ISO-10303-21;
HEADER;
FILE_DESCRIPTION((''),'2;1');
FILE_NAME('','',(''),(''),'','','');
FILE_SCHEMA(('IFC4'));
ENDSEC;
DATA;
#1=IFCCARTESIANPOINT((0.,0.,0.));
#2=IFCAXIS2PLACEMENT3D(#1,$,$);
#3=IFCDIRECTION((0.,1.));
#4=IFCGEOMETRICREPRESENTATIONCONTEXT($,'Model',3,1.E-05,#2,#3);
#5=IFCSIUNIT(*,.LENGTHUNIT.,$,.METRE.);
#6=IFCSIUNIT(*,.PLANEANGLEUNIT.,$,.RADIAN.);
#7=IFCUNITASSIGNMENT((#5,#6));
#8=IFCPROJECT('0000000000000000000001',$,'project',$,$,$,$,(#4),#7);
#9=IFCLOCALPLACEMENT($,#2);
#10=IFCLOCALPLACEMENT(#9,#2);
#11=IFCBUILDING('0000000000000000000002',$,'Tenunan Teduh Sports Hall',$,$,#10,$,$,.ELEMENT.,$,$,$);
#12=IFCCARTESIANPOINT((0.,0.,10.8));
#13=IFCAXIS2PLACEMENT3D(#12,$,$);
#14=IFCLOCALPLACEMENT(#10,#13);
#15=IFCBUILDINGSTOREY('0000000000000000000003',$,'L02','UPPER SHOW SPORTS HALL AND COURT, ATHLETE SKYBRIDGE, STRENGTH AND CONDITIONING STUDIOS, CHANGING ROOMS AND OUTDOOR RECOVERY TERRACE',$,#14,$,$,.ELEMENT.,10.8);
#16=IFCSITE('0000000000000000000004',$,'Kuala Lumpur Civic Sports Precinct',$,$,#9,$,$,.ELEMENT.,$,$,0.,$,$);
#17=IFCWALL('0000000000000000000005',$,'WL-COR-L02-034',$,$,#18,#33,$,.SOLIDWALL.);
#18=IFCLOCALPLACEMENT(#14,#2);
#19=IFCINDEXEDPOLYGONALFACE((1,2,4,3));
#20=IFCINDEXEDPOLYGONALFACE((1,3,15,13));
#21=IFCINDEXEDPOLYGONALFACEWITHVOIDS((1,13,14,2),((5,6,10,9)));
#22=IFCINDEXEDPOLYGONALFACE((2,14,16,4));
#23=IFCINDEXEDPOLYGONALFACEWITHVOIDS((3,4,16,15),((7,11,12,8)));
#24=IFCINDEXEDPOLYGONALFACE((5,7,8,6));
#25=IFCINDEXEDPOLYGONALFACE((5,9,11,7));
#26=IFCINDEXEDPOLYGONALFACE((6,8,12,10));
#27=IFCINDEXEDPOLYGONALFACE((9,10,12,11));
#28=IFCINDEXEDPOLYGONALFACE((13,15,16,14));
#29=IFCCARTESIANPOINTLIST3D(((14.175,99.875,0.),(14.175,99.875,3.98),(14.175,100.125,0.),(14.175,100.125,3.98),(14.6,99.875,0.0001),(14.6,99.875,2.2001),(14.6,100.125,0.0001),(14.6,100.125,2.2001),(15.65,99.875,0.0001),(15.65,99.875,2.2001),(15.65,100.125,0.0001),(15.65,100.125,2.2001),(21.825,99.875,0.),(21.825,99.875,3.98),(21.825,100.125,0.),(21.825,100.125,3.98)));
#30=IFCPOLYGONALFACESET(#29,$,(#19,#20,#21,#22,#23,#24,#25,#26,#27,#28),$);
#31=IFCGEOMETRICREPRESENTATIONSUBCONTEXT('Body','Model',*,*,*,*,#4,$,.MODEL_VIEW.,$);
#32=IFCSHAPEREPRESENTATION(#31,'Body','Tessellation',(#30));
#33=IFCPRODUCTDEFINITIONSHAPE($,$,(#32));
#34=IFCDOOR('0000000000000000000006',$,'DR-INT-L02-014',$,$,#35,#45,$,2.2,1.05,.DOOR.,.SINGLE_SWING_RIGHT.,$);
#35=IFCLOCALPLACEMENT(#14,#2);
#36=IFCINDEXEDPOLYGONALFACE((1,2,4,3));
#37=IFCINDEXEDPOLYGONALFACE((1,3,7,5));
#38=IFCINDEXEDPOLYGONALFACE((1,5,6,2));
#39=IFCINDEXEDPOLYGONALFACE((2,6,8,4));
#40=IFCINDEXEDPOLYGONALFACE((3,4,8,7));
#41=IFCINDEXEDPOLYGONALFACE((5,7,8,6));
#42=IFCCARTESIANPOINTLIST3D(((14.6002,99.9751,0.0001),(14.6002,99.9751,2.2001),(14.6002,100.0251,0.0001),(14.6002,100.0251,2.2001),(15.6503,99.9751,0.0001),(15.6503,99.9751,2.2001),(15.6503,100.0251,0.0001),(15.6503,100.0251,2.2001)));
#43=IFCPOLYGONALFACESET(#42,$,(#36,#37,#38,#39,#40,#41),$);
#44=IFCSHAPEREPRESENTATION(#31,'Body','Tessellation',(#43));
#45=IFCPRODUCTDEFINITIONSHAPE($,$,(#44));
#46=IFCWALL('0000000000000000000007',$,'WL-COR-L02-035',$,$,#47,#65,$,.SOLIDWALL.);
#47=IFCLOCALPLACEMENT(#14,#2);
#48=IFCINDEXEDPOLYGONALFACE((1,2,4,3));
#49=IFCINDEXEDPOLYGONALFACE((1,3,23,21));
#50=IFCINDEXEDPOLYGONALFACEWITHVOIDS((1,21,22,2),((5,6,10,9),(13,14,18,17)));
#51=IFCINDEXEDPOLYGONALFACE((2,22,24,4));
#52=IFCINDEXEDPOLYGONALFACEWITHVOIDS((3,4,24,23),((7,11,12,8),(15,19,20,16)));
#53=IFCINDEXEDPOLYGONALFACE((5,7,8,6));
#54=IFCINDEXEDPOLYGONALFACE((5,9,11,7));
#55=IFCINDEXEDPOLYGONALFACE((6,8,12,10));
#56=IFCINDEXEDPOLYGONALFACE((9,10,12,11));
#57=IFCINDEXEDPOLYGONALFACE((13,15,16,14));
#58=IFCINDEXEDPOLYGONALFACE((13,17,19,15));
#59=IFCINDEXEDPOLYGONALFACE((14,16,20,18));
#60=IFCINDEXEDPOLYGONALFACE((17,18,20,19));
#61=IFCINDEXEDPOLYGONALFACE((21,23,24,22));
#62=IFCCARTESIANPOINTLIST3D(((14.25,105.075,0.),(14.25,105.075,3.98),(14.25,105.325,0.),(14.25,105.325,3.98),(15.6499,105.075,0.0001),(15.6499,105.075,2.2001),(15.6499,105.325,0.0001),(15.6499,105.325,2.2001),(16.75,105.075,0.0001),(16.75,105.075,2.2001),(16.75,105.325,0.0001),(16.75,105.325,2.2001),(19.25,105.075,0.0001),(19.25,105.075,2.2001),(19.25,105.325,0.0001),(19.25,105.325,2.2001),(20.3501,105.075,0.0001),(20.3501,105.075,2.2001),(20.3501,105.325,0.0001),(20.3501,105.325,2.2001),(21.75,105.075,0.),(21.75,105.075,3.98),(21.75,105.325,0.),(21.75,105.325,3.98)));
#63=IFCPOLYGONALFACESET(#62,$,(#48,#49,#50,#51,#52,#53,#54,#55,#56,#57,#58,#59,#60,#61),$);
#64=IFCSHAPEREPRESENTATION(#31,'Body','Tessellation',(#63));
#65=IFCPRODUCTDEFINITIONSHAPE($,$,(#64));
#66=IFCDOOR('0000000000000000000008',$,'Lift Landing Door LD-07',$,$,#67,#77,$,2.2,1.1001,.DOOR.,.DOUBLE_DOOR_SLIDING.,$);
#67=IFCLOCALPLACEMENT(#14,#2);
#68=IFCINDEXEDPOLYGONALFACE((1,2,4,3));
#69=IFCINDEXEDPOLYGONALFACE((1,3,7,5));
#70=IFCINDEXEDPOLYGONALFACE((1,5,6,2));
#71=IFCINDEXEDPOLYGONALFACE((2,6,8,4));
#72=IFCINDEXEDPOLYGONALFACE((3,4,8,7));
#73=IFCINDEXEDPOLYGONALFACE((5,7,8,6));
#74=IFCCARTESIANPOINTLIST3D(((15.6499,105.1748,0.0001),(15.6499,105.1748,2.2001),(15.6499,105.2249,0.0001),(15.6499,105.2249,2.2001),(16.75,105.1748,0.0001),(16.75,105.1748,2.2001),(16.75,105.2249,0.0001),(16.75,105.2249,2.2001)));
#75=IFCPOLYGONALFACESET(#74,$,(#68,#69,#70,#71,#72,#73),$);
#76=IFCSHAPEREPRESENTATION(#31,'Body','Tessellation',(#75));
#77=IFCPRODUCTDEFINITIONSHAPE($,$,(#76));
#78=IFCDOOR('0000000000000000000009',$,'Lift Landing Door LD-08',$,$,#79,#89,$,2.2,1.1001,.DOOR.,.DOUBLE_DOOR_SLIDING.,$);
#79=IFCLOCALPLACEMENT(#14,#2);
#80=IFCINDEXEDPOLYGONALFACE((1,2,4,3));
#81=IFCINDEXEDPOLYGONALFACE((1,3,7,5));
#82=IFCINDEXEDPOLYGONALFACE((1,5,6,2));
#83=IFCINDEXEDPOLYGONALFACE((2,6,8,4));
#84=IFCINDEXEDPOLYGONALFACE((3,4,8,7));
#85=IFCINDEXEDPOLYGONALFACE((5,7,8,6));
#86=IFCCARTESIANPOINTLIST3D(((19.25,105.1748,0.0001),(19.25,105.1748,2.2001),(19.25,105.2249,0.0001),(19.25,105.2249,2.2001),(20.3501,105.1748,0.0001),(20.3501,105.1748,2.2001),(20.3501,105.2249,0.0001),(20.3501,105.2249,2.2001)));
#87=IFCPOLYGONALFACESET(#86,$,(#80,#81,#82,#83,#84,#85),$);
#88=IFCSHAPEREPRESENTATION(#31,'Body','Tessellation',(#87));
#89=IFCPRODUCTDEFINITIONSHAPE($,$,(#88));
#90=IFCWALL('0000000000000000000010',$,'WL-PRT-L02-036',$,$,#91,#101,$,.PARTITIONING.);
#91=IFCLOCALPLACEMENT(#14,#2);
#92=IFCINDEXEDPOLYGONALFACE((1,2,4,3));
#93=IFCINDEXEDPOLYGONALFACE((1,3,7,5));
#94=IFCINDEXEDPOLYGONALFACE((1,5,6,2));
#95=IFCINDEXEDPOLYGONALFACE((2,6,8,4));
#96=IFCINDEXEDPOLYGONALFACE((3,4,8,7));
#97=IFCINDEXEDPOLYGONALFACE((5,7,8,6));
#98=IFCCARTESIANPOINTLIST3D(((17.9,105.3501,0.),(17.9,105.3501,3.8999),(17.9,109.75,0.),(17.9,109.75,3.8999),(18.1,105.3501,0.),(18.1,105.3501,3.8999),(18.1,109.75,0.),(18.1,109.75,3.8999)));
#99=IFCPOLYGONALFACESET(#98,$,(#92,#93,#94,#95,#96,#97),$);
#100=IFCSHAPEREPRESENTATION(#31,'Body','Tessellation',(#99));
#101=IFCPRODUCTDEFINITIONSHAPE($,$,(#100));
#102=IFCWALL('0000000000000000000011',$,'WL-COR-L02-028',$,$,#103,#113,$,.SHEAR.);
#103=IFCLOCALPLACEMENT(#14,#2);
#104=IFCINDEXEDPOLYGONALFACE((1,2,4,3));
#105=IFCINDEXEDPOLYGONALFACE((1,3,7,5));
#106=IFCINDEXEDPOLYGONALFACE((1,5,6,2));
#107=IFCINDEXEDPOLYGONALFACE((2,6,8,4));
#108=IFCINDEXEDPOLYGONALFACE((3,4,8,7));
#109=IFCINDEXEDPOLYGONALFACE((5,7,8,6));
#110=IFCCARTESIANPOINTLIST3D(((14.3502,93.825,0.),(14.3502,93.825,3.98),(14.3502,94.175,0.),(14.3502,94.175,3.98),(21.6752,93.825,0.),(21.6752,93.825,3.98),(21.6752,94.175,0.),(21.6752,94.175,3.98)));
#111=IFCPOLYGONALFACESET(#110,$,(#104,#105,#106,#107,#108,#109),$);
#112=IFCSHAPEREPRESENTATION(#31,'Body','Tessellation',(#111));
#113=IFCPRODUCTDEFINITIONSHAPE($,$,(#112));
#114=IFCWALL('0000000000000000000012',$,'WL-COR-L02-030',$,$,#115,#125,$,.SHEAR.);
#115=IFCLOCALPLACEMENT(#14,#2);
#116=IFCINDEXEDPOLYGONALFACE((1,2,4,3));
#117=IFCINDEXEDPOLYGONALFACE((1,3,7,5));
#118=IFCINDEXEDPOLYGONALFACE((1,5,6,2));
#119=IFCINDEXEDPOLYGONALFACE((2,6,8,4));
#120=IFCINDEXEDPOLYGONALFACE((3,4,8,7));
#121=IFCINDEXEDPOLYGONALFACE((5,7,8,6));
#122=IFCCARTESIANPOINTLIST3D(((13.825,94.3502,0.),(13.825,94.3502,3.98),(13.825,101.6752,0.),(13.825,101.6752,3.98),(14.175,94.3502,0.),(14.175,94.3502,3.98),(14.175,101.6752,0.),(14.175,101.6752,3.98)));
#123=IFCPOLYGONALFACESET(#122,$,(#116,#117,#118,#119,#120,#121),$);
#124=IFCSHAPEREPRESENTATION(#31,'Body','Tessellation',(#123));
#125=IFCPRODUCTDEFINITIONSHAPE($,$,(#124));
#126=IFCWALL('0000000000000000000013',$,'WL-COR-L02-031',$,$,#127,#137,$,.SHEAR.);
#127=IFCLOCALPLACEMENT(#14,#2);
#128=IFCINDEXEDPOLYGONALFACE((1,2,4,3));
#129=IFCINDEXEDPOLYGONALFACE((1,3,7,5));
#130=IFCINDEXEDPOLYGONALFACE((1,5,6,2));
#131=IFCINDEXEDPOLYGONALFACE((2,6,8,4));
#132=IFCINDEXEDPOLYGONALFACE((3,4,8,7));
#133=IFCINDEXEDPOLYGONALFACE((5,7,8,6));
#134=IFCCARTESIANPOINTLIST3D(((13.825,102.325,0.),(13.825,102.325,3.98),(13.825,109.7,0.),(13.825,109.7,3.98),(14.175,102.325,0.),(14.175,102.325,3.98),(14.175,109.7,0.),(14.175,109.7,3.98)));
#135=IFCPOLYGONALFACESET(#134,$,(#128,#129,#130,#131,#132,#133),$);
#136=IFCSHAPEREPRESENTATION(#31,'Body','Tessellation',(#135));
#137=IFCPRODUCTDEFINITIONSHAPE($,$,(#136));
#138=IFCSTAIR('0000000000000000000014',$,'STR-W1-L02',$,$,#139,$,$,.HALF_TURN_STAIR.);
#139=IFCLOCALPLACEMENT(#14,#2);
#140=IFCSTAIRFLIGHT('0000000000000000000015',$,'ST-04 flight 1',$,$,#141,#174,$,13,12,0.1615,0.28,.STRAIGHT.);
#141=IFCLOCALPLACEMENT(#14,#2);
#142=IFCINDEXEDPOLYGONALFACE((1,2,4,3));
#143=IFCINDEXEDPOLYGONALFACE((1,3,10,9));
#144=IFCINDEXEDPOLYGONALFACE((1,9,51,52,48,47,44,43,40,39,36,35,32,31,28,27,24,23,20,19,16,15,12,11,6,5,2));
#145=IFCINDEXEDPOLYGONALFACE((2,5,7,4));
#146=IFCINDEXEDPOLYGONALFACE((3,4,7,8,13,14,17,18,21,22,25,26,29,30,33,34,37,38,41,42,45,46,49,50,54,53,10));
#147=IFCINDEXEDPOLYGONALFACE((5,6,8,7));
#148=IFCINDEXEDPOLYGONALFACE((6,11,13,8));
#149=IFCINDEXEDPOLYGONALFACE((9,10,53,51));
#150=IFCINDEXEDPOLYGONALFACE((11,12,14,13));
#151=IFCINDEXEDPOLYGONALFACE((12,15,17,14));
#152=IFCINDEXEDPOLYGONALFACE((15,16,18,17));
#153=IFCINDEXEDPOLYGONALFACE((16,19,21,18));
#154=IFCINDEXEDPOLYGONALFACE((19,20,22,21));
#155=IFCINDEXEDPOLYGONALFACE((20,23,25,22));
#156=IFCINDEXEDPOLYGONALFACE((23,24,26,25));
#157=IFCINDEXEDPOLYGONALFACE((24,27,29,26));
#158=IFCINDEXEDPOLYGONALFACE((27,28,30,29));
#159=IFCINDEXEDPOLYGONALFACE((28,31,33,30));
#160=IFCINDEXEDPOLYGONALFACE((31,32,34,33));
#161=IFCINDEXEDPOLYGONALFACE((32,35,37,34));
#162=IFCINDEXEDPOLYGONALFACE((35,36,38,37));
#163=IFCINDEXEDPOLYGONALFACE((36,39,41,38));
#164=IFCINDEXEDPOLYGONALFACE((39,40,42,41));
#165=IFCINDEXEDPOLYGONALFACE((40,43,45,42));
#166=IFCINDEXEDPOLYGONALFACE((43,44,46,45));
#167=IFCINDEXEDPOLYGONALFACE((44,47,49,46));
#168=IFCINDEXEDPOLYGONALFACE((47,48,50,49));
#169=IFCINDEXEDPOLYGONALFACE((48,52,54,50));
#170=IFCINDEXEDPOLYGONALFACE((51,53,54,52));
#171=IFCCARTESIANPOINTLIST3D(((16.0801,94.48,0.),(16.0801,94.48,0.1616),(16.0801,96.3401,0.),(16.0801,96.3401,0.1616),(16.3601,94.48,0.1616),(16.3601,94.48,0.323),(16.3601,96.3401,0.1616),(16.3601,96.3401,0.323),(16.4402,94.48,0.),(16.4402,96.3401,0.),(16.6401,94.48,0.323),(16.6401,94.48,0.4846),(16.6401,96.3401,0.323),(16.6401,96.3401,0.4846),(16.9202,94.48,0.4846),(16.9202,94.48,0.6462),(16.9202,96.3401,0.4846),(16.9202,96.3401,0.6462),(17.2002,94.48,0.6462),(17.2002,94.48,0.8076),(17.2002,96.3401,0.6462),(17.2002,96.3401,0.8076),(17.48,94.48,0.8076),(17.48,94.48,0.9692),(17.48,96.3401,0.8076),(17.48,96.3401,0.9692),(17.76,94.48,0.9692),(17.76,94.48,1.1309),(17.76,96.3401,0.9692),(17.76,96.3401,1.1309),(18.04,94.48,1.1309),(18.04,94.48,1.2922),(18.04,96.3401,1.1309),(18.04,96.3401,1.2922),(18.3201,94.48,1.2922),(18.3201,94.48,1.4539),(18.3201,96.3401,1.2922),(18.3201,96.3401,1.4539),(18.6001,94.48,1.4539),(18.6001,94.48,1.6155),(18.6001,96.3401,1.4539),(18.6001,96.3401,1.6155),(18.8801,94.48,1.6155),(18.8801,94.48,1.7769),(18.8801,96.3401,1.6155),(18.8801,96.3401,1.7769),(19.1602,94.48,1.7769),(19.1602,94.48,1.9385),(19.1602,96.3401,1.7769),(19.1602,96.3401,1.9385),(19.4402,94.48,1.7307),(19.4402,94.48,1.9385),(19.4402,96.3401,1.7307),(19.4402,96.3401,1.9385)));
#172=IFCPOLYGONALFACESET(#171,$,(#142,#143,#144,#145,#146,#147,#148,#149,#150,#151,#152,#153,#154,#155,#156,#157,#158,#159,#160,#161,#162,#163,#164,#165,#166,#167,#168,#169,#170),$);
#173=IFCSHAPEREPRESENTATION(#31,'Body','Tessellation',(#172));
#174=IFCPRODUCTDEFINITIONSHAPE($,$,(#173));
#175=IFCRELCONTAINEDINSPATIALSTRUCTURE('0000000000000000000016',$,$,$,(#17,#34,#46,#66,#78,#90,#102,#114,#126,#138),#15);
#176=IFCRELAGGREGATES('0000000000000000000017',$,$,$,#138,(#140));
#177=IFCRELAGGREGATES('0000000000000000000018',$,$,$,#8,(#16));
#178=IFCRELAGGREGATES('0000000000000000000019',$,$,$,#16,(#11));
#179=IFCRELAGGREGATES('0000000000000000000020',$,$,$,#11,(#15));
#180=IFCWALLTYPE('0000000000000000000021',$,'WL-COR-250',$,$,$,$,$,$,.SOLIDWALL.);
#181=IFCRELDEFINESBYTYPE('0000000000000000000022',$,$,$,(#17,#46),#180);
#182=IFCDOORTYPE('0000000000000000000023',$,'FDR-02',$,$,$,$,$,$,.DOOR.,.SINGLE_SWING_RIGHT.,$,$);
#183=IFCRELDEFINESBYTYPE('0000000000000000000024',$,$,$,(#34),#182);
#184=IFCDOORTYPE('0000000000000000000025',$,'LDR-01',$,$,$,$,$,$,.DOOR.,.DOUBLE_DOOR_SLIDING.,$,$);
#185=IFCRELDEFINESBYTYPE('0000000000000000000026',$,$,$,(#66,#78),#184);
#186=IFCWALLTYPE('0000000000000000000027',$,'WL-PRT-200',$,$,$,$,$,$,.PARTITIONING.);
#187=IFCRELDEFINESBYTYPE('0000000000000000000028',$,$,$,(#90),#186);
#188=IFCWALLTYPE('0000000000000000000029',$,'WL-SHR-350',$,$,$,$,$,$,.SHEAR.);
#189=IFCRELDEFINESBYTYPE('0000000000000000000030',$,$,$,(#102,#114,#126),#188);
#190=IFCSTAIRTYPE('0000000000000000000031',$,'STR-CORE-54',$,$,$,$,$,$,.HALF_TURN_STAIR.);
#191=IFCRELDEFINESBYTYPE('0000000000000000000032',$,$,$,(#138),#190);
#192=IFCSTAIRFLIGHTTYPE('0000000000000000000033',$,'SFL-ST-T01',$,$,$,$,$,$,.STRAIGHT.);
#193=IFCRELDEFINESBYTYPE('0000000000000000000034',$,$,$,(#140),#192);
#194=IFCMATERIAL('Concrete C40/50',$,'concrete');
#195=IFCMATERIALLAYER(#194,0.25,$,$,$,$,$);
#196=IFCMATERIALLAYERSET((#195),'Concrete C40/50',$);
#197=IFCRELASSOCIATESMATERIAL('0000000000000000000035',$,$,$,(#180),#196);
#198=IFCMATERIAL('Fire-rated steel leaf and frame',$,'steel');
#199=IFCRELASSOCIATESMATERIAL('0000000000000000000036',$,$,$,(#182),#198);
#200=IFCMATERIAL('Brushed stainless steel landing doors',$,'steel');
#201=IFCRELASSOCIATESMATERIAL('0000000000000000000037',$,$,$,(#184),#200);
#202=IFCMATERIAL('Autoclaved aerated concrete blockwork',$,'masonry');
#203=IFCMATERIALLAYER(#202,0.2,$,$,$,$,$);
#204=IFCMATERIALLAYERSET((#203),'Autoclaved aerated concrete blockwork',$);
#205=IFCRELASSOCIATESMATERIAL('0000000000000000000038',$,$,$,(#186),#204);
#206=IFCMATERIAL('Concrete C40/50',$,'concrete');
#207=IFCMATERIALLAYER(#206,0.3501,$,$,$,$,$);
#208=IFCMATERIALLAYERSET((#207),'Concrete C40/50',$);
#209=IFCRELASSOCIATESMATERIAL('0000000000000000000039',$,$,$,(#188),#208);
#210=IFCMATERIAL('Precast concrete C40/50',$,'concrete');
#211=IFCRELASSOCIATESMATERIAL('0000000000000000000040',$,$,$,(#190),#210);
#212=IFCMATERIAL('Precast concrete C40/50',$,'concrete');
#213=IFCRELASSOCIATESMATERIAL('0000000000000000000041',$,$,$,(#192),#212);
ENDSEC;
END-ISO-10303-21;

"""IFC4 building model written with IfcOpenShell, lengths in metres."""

from ifc_helpers import new_model, si_unit, direction, frame, frame_2d, origin, place, context, subcontext, project, spatial, polyline, rectangle, outline, extrude, material, layer, layer_set, type_object, element, fill, aggregate, save


model = new_model("IFC4")

# Units and contexts
model_context = context("Model", 3, precision=1e-05, world=origin(), true_north=direction((0.0, 1.0)))
body_context = subcontext(model_context, "Body", "Model", "MODEL_VIEW")
ifc_project = project(units=[si_unit("LENGTHUNIT", "METRE"), si_unit("PLANEANGLEUNIT", "RADIAN")], contexts=[model_context])

# Site, building, storey
site_placement = place(None, origin())
site = spatial("IfcSite", under=ifc_project, at=site_placement, Name="Kuala Lumpur Civic Sports Precinct", CompositionType="ELEMENT", RefElevation=0.0)
building_placement = place(site_placement, origin())
building = spatial("IfcBuilding", under=site, at=building_placement, Name="Tenunan Teduh Sports Hall", CompositionType="ELEMENT")
storey_placement = place(building_placement, frame((0.0, 0.0, 10.8)))
storey = spatial("IfcBuildingStorey", under=building, at=storey_placement, Name="L02", Description="UPPER SHOW SPORTS HALL AND COURT, ATHLETE SKYBRIDGE, STRENGTH AND CONDITIONING STUDIOS, CHANGING ROOMS AND OUTDOOR RECOVERY TERRACE", CompositionType="ELEMENT", Elevation=10.8)

# Wall, opening, door
ifc_material_1 = material(Name="Concrete C40/50", Category="concrete")
ifc_layer_1 = layer(ifc_material_1, 0.25)
ifc_layer_set_1 = layer_set([ifc_layer_1], Name="Concrete C40/50")
wall_type_1 = type_object("IfcWallType", Name="WL-COR-250", PredefinedType="SOLIDWALL", material=ifc_layer_set_1)
wall_1_placement = place(storey_placement, frame((14.175, 100.0, 0.0), z_axis=(0.0, 0.0, 1.0), x_axis=(1.0, 0.0, 0.0)))
wall_1 = element("IfcWall", 1, at=wall_1_placement, inside=storey, type_object=wall_type_1, Name="WL-COR-L02-034", PredefinedType="SOLIDWALL", context=body_context, shape_type="SweptSolid", body=[
    extrude(rectangle(XDim=7.6499, YDim=0.25, at=frame_2d((3.825, 0.0))), origin(), (0.0, 0.0, 1.0), 3.98),
])
opening_1_placement = place(wall_1_placement, frame((0.425, 0.0, 0.0)))
opening_1 = element("IfcOpeningElement", 2, at=opening_1_placement, cuts=wall_1, PredefinedType="OPENING", context=body_context, shape_type="SweptSolid", body=[
    extrude(rectangle(XDim=1.05, YDim=2.2, at=frame_2d((0.5249, 1.1001))), frame((0.0, 0.135, 0.0), z_axis=(0.0, -1.0, 0.0), x_axis=(1.0, 0.0, 0.0)), (0.0, 0.0, 1.0), 0.27),
])
ifc_material_2 = material(Name="Fire-rated steel leaf and frame", Category="steel")
door_type_1 = type_object("IfcDoorType", Name="FDR-02", OperationType="SINGLE_SWING_RIGHT", PredefinedType="DOOR", material=ifc_material_2)
door_1_placement = place(opening_1_placement, frame((1.05, 0.0, 0.0), z_axis=(0.0, 0.0, 1.0), x_axis=(-1.0, 0.0, 0.0)))
door_1 = element("IfcDoor", 3, at=door_1_placement, inside=storey, type_object=door_type_1, Name="DR-INT-L02-014", OperationType="SINGLE_SWING_RIGHT", OverallHeight=2.2, OverallWidth=1.05, PredefinedType="DOOR", context=body_context, shape_type="SweptSolid", body=[
    extrude(rectangle(XDim=1.05, YDim=2.2, at=frame_2d((0.5249, 1.1001))), frame((0.0, 0.0249, 0.0), z_axis=(0.0, -1.0, 0.0), x_axis=(1.0, 0.0, 0.0)), (0.0, 0.0, 1.0), 0.05),
])
fill(opening_1, door_1)

# Wall, openings, doors
wall_2_placement = place(storey_placement, frame((14.25, 105.2, 0.0), z_axis=(0.0, 0.0, 1.0), x_axis=(1.0, 0.0, 0.0)))
wall_2 = element("IfcWall", 4, at=wall_2_placement, inside=storey, type_object=wall_type_1, Name="WL-COR-L02-035", PredefinedType="SOLIDWALL", context=body_context, shape_type="SweptSolid", body=[
    extrude(rectangle(XDim=7.5, YDim=0.25, at=frame_2d((3.75, 0.0))), origin(), (0.0, 0.0, 1.0), 3.98),
])
opening_2_placement = place(wall_2_placement, frame((1.3999, 0.0, 0.0)))
opening_2 = element("IfcOpeningElement", 5, at=opening_2_placement, cuts=wall_2, PredefinedType="OPENING", context=body_context, shape_type="SweptSolid", body=[
    extrude(rectangle(XDim=1.1001, YDim=2.2, at=frame_2d((0.55, 1.1001))), frame((0.0, 0.135, 0.0), z_axis=(0.0, -1.0, 0.0), x_axis=(1.0, 0.0, 0.0)), (0.0, 0.0, 1.0), 0.27),
])
opening_3_placement = place(wall_2_placement, frame((5.0, 0.0, 0.0)))
opening_3 = element("IfcOpeningElement", 6, at=opening_3_placement, cuts=wall_2, PredefinedType="OPENING", context=body_context, shape_type="SweptSolid", body=[
    extrude(rectangle(XDim=1.1001, YDim=2.2, at=frame_2d((0.55, 1.1001))), frame((0.0, 0.135, 0.0), z_axis=(0.0, -1.0, 0.0), x_axis=(1.0, 0.0, 0.0)), (0.0, 0.0, 1.0), 0.27),
])
ifc_material_3 = material(Name="Brushed stainless steel landing doors", Category="steel")
door_type_2 = type_object("IfcDoorType", Name="LDR-01", OperationType="DOUBLE_DOOR_SLIDING", PredefinedType="DOOR", material=ifc_material_3)
door_2_placement = place(opening_2_placement, origin())
door_2 = element("IfcDoor", 7, at=door_2_placement, inside=storey, type_object=door_type_2, Name="Lift Landing Door LD-07", OperationType="DOUBLE_DOOR_SLIDING", OverallHeight=2.2, OverallWidth=1.1001, PredefinedType="DOOR", context=body_context, shape_type="SweptSolid", body=[
    extrude(rectangle(XDim=1.1001, YDim=2.2, at=frame_2d((0.55, 1.1001))), frame((0.0, 0.0249, 0.0), z_axis=(0.0, -1.0, 0.0), x_axis=(1.0, 0.0, 0.0)), (0.0, 0.0, 1.0), 0.05),
])
fill(opening_2, door_2)
door_3_placement = place(opening_3_placement, origin())
door_3 = element("IfcDoor", 8, at=door_3_placement, inside=storey, type_object=door_type_2, Name="Lift Landing Door LD-08", OperationType="DOUBLE_DOOR_SLIDING", OverallHeight=2.2, OverallWidth=1.1001, PredefinedType="DOOR", context=body_context, shape_type="SweptSolid", body=[
    extrude(rectangle(XDim=1.1001, YDim=2.2, at=frame_2d((0.55, 1.1001))), frame((0.0, 0.0249, 0.0), z_axis=(0.0, -1.0, 0.0), x_axis=(1.0, 0.0, 0.0)), (0.0, 0.0, 1.0), 0.05),
])
fill(opening_3, door_3)

# Walls
ifc_material_4 = material(Name="Autoclaved aerated concrete blockwork", Category="masonry")
ifc_layer_2 = layer(ifc_material_4, 0.2)
ifc_layer_set_2 = layer_set([ifc_layer_2], Name="Autoclaved aerated concrete blockwork")
wall_type_2 = type_object("IfcWallType", Name="WL-PRT-200", PredefinedType="PARTITIONING", material=ifc_layer_set_2)
wall_3_placement = place(storey_placement, frame((18.0, 105.3501, 0.0), z_axis=(0.0, 0.0, 1.0), x_axis=(0.0, 1.0, 0.0)))
element("IfcWall", 9, at=wall_3_placement, inside=storey, type_object=wall_type_2, Name="WL-PRT-L02-036", PredefinedType="PARTITIONING", context=body_context, shape_type="SweptSolid", body=[
    extrude(rectangle(XDim=4.3999, YDim=0.2, at=frame_2d((2.2, 0.0))), origin(), (0.0, 0.0, 1.0), 3.8999),
])
ifc_material_5 = material(Name="Concrete C40/50", Category="concrete")
ifc_layer_3 = layer(ifc_material_5, 0.3501)
ifc_layer_set_3 = layer_set([ifc_layer_3], Name="Concrete C40/50")
wall_type_3 = type_object("IfcWallType", Name="WL-SHR-350", PredefinedType="SHEAR", material=ifc_layer_set_3)
for number, where, z_axis, x_axis, name in (
    (10, (14.3501, 94.0, 0.0), (0.0, 0.0, 1.0), (1.0, 0.0, 0.0), "WL-COR-L02-028"),
    (11, (14.0, 94.3501, 0.0), (0.0, 0.0, 1.0), (0.0, 1.0, 0.0), "WL-COR-L02-030"),
):
    element("IfcWall", number, at=place(storey_placement, frame(where, z_axis=z_axis, x_axis=x_axis)), inside=storey, type_object=wall_type_3, Name=name, PredefinedType="SHEAR", context=body_context, shape_type="SweptSolid", body=[
        extrude(rectangle(XDim=7.325, YDim=0.3501, at=frame_2d((3.6626, 0.0))), origin(), (0.0, 0.0, 1.0), 3.98),
    ])
wall_4_placement = place(storey_placement, frame((14.0, 102.325, 0.0), z_axis=(0.0, 0.0, 1.0), x_axis=(0.0, 1.0, 0.0)))
element("IfcWall", 12, at=wall_4_placement, inside=storey, type_object=wall_type_3, Name="WL-COR-L02-031", PredefinedType="SHEAR", context=body_context, shape_type="SweptSolid", body=[
    extrude(rectangle(XDim=7.375, YDim=0.3501, at=frame_2d((3.6875, 0.0))), origin(), (0.0, 0.0, 1.0), 3.98),
])

# Stair, stair flight
ifc_material_6 = material(Name="Precast concrete C40/50", Category="concrete")
stair_type = type_object("IfcStairType", Name="STR-CORE-54", PredefinedType="HALF_TURN_STAIR", material=ifc_material_6)
stair_placement = place(storey_placement, origin())
stair = element("IfcStair", 13, at=stair_placement, inside=storey, type_object=stair_type, Name="STR-W1-L02", PredefinedType="HALF_TURN_STAIR")
ifc_material_7 = material(Name="Precast concrete C40/50", Category="concrete")
stair_flight_type = type_object("IfcStairFlightType", Name="SFL-ST-T01", PredefinedType="STRAIGHT", material=ifc_material_7)
stair_flight_1_placement = place(storey_placement, frame((16.0801, 95.4099, 0.0), z_axis=(0.0, 0.0, 1.0), x_axis=(1.0, 0.0, 0.0)))
stair_flight_1 = element("IfcStairFlight", 14, at=stair_flight_1_placement, type_object=stair_flight_type, Name="ST-04 flight 1", NumberOfRisers=13, NumberOfTreads=12, PredefinedType="STRAIGHT", RiserHeight=0.1615, TreadLength=0.28, context=body_context, shape_type="SweptSolid", body=[
    extrude(outline(polyline([(0.0, 0.0), (0.0, 0.1616), (0.28, 0.1616), (0.28, 0.323), (0.5601, 0.323), (0.5601, 0.4846), (0.8401, 0.4846), (0.8401, 0.6462), (1.1201, 0.6462), (1.1201, 0.8076), (1.3999, 0.8076), (1.3999, 0.9692), (1.6799, 0.9692), (1.6799, 1.1309), (1.96, 1.1309), (1.96, 1.2922), (2.24, 1.2922), (2.24, 1.4539), (2.52, 1.4539), (2.52, 1.6155), (2.8, 1.6155), (2.8, 1.7769), (3.0801, 1.7769), (3.0801, 1.9385), (3.3601, 1.9385), (3.3601, 2.1001), (3.3601, 1.7307), (0.3601, 0.0), (0.0, 0.0)])), frame((0.0, 0.9302, 0.0), z_axis=(0.0, -1.0, 0.0), x_axis=(1.0, 0.0, 0.0)), (0.0, 0.0, 1.0), 1.8601),
])

aggregate(stair, [stair_flight_1])

save(model, "model.ifc")
